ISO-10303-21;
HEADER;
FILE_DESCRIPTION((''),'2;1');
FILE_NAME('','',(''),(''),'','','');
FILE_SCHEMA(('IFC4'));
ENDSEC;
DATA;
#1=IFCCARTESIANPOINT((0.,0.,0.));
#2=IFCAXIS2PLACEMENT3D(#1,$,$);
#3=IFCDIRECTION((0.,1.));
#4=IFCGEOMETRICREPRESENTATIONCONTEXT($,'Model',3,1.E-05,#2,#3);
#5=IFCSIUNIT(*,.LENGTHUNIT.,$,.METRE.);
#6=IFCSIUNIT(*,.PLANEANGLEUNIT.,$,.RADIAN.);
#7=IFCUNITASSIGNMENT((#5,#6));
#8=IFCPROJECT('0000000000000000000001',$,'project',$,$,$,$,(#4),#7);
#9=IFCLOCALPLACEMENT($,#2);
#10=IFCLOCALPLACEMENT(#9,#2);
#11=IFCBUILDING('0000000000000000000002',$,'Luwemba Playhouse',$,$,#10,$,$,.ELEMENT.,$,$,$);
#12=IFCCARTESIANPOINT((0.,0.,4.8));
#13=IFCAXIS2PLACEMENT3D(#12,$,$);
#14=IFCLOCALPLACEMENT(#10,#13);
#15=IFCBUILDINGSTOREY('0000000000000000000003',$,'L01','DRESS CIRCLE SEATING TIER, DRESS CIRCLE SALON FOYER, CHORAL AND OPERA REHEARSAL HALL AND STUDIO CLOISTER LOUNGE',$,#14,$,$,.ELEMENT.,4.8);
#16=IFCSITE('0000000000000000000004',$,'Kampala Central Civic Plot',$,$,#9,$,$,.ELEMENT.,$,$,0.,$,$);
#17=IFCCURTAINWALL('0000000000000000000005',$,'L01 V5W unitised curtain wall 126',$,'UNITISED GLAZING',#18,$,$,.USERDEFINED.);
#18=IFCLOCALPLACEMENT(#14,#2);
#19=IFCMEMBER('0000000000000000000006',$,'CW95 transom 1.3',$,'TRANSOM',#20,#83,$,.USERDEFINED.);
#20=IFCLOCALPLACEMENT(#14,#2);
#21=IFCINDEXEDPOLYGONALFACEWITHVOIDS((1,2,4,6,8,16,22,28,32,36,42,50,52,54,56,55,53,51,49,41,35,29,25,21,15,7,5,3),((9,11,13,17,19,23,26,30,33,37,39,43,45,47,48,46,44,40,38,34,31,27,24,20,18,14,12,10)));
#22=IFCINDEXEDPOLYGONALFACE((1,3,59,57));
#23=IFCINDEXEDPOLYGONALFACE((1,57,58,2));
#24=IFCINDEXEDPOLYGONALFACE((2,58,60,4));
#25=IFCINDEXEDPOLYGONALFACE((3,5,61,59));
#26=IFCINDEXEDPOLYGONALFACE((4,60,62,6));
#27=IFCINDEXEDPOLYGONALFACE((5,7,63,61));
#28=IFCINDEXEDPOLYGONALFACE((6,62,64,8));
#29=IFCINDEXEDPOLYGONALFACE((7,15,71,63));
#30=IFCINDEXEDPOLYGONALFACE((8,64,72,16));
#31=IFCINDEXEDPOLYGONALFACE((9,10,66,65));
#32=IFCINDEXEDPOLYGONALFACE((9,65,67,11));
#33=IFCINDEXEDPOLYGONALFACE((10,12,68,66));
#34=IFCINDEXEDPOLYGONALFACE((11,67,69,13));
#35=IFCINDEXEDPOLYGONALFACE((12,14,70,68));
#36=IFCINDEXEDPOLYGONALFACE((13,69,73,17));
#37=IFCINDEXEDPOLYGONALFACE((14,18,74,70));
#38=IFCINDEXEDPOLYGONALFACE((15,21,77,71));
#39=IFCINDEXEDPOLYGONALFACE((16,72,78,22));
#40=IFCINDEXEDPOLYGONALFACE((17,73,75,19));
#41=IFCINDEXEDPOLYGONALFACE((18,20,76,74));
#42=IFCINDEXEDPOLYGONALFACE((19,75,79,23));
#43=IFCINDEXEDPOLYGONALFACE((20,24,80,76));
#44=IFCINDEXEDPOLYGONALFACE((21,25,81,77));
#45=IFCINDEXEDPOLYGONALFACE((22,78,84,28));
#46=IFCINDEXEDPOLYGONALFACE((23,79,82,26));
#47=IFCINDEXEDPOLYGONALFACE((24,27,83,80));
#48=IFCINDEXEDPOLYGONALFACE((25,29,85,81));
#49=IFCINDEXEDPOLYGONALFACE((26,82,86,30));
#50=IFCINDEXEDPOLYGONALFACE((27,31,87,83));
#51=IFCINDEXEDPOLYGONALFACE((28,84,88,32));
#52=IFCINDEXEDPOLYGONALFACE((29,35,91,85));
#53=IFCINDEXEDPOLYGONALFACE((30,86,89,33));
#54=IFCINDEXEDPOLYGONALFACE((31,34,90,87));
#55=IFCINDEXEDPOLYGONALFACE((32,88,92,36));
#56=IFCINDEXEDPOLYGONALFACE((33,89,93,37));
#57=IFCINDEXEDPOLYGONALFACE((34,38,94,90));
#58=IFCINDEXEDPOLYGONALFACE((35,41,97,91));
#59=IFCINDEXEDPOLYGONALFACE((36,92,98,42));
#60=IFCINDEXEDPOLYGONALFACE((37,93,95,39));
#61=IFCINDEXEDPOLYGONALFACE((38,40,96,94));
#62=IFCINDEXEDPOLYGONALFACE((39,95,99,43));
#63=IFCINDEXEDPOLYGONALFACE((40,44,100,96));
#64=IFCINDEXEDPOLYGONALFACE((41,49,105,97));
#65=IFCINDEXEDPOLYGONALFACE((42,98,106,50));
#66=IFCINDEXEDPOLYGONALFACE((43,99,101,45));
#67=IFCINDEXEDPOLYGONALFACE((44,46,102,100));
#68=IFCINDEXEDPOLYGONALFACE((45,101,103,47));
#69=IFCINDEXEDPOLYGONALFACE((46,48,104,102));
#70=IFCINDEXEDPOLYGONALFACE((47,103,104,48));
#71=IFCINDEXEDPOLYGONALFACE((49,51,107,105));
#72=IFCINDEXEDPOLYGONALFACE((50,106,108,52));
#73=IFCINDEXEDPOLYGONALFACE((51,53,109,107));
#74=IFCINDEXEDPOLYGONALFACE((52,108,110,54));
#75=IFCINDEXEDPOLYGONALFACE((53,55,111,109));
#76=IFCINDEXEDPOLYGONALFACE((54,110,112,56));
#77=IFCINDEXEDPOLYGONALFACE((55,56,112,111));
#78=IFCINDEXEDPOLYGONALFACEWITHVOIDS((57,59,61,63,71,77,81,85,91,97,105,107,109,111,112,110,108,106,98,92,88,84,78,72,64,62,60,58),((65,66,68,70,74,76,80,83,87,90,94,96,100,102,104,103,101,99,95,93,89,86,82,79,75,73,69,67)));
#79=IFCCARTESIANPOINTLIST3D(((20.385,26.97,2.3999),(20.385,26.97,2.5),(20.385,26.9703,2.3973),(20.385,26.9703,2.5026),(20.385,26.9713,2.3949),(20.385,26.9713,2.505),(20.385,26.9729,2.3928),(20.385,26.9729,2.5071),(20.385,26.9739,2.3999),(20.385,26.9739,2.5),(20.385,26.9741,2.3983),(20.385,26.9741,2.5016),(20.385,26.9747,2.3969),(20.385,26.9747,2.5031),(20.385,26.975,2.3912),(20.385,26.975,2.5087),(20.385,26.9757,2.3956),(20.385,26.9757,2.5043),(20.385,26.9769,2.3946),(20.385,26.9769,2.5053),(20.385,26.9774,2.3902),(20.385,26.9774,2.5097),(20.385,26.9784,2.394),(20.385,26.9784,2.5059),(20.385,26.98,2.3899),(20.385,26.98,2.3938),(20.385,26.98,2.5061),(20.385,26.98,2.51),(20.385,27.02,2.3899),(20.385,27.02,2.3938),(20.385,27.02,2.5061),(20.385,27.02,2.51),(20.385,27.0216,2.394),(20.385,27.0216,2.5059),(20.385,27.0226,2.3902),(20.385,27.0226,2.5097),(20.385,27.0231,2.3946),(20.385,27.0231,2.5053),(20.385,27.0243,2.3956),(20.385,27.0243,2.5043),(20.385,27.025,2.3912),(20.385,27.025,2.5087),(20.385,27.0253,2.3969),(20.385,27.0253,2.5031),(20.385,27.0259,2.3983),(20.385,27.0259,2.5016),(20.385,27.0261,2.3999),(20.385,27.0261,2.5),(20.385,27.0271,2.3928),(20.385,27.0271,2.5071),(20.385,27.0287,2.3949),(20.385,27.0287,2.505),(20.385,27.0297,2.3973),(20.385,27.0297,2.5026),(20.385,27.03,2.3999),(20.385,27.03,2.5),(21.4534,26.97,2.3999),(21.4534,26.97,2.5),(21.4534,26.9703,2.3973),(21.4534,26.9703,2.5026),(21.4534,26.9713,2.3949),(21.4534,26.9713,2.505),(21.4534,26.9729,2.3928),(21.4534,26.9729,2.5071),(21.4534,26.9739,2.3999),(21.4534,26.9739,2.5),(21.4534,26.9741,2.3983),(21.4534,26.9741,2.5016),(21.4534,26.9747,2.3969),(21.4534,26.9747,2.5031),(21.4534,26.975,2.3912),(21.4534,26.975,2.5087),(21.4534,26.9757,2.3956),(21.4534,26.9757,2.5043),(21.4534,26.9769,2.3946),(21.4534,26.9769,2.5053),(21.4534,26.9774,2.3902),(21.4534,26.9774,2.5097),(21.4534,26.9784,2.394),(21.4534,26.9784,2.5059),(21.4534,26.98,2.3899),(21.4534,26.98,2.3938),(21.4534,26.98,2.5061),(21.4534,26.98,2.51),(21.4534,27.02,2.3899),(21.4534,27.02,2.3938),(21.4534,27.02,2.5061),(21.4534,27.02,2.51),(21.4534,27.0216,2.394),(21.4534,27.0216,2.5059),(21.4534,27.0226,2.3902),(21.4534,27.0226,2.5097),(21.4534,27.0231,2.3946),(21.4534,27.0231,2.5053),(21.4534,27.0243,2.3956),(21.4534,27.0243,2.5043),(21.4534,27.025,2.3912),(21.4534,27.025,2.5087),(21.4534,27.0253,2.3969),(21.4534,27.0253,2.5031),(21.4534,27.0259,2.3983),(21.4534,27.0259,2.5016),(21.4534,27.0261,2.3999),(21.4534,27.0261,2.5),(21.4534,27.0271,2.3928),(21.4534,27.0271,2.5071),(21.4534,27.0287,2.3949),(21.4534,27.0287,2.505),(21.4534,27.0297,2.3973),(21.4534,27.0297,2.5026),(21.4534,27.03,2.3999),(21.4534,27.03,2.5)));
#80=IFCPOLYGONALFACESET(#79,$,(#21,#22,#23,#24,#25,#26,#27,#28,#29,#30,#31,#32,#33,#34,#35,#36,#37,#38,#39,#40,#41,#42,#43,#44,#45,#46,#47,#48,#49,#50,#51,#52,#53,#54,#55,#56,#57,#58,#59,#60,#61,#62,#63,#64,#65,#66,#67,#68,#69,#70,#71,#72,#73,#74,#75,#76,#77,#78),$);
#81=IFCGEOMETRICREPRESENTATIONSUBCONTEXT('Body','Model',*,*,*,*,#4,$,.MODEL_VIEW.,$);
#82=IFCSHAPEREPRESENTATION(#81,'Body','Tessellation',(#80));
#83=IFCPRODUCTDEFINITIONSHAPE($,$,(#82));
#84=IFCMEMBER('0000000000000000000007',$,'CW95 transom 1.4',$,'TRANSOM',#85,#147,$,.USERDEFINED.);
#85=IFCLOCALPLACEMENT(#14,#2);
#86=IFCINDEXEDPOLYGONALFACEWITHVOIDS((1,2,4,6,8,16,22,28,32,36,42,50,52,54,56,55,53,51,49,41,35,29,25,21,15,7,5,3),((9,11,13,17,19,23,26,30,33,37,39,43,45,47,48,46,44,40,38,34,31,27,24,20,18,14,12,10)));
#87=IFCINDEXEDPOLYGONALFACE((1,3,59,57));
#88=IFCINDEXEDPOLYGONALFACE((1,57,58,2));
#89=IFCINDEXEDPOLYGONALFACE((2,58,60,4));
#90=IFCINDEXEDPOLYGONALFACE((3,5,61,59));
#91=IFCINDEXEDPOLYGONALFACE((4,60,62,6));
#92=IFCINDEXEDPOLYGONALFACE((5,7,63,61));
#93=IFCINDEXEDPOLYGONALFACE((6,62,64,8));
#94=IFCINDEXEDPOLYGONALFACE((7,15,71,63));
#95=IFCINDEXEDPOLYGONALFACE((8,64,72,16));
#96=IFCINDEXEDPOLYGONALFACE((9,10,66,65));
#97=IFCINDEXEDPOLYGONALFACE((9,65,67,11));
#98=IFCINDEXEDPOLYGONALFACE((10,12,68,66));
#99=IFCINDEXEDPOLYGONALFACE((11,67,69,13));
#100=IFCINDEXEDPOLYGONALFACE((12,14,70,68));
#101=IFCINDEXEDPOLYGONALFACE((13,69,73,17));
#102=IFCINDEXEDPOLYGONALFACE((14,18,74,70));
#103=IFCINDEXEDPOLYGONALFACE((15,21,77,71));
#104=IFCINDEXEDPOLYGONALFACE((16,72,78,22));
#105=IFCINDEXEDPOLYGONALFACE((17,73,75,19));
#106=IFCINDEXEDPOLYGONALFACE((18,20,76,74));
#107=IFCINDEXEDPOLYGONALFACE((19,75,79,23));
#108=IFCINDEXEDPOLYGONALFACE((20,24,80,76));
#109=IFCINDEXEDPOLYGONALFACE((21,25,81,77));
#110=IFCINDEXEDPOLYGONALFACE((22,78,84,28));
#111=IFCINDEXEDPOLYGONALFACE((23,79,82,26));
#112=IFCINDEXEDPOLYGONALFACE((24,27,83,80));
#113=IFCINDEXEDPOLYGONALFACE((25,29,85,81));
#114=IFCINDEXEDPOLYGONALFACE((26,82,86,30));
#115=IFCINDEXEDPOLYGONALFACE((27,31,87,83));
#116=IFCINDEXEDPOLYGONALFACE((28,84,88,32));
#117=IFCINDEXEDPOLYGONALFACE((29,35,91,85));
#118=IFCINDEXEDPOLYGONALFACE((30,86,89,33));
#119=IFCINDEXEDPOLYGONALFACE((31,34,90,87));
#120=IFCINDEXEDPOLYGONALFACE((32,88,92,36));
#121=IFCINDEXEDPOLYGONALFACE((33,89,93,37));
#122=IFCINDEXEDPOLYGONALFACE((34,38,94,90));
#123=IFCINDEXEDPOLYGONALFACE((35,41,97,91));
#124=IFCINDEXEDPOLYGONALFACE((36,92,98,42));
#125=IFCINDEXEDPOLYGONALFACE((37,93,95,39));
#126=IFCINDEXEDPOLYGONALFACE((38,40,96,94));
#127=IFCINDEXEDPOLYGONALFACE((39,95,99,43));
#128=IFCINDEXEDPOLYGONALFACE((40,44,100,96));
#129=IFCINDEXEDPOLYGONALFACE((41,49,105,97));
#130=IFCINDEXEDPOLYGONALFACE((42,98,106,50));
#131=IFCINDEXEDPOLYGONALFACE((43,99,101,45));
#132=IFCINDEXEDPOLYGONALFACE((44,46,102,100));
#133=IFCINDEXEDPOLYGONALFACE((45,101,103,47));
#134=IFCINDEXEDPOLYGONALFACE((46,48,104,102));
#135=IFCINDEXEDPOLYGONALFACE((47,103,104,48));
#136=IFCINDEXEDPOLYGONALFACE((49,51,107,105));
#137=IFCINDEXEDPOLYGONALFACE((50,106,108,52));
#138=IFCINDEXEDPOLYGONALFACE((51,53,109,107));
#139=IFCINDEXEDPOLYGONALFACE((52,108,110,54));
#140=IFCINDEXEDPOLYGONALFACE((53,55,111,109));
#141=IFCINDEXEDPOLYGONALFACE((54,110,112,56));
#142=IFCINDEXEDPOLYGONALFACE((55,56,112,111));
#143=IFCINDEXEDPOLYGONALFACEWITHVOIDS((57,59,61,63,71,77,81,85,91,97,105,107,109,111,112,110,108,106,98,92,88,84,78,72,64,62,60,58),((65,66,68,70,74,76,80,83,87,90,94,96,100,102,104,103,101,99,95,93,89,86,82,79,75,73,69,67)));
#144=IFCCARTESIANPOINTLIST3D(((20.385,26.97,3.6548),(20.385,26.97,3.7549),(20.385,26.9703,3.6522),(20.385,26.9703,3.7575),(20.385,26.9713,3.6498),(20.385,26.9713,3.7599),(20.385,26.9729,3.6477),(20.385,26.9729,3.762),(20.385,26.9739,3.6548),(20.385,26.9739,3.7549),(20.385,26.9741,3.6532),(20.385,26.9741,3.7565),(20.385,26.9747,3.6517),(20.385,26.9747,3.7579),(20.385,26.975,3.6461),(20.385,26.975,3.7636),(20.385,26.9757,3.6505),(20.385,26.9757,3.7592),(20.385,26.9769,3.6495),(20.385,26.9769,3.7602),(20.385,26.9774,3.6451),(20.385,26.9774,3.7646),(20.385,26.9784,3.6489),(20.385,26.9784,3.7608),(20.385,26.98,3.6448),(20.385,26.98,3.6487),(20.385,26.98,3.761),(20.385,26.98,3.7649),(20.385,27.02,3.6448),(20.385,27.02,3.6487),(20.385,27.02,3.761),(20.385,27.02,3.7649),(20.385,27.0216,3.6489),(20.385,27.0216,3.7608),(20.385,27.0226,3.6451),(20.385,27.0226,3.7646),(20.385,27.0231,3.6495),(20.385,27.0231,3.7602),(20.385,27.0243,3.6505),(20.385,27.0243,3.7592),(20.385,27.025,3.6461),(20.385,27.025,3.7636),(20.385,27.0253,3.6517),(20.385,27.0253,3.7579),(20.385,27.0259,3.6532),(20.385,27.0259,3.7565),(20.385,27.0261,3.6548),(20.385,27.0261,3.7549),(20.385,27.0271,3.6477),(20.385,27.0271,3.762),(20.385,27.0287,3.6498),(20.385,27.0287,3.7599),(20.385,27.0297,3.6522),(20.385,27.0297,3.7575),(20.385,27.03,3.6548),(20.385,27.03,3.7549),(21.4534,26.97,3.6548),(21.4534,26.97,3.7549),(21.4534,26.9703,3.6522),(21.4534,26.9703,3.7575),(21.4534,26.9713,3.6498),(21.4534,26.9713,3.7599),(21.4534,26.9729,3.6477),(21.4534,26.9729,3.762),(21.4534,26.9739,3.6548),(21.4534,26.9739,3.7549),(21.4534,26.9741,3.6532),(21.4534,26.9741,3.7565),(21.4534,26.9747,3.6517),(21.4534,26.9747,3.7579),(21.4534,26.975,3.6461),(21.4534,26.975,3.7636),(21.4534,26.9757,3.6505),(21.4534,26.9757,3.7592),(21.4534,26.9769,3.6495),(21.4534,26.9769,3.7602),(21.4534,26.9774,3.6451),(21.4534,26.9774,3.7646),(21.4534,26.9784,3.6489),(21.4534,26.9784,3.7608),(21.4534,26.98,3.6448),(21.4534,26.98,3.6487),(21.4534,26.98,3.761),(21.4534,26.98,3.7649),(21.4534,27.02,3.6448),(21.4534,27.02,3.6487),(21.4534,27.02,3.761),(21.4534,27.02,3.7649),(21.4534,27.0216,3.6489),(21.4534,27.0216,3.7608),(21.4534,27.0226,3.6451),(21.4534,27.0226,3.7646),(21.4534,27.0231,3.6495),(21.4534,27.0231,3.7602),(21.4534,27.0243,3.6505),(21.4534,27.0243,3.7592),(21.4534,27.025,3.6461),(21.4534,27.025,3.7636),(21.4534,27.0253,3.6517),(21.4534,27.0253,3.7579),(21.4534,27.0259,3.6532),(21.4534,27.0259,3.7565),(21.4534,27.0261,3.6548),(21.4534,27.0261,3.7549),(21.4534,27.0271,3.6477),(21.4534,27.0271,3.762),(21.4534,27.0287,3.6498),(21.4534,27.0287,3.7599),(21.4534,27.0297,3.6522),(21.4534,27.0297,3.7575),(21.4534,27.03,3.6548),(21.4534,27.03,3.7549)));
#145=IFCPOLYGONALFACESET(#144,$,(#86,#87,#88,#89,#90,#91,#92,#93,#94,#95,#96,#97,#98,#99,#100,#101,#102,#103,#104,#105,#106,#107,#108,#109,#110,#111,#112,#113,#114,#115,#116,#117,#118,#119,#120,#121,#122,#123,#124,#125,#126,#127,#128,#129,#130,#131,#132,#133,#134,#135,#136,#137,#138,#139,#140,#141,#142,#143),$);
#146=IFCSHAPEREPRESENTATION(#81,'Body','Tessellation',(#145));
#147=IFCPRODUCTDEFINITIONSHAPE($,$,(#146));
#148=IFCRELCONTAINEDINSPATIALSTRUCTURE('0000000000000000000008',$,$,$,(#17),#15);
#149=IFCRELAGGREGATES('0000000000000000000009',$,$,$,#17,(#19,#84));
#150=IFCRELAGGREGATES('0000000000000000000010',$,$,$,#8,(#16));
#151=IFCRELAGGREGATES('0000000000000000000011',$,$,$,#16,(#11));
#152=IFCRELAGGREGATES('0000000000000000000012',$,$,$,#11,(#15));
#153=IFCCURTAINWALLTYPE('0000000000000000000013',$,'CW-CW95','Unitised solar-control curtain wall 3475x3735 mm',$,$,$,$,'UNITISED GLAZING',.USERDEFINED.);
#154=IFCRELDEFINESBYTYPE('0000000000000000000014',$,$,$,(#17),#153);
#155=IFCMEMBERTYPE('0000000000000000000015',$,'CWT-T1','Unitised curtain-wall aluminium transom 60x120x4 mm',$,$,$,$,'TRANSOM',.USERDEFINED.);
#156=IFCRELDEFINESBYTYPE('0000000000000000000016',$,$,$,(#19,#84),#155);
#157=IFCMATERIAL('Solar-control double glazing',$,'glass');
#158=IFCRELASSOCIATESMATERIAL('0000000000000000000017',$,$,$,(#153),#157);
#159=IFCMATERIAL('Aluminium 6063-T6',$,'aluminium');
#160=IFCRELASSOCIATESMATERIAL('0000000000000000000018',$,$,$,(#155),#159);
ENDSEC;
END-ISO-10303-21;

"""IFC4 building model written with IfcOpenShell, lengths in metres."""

from ifc_helpers import new_model, si_unit, direction, frame, origin, origin_2d, place, context, subcontext, project, spatial, hollow_rectangle, extrude, material, material_profile, profile_set, type_object, element, aggregate, save


model = new_model("IFC4")

# Units and contexts
model_context = context("Model", 3, precision=1e-05, world=origin(), true_north=direction((0.0, 1.0)))
body_context = subcontext(model_context, "Body", "Model", "MODEL_VIEW")
ifc_project = project(units=[si_unit("LENGTHUNIT", "METRE"), si_unit("PLANEANGLEUNIT", "RADIAN")], contexts=[model_context])

# Site, building, storey
site_placement = place(None, origin())
site = spatial("IfcSite", under=ifc_project, at=site_placement, Name="Kampala Central Civic Plot", CompositionType="ELEMENT", RefElevation=0.0)
building_placement = place(site_placement, origin())
building = spatial("IfcBuilding", under=site, at=building_placement, Name="Luwemba Playhouse", CompositionType="ELEMENT")
storey_placement = place(building_placement, frame((0.0, 0.0, 4.8)))
storey = spatial("IfcBuildingStorey", under=building, at=storey_placement, Name="L01", Description="DRESS CIRCLE SEATING TIER, DRESS CIRCLE SALON FOYER, CHORAL AND OPERA REHEARSAL HALL AND STUDIO CLOISTER LOUNGE", CompositionType="ELEMENT", Elevation=4.8)

# Curtain wall
ifc_material_1 = material(Name="Solar-control double glazing", Category="glass")
curtain_wall_type_1 = type_object("IfcCurtainWallType", Name="CW-CW95", Description="Unitised solar-control curtain wall 3475x3735 mm", ElementType="UNITISED GLAZING", PredefinedType="USERDEFINED", material=ifc_material_1)
curtain_wall_1_placement = place(storey_placement, origin())
curtain_wall_1 = element("IfcCurtainWall", 1, at=curtain_wall_1_placement, inside=storey, type_object=curtain_wall_type_1, Name="L01 V5W unitised curtain wall 126", ObjectType="UNITISED GLAZING", PredefinedType="USERDEFINED")
ifc_material_2 = material(Name="Aluminium 6063-T6", Category="aluminium")

# Members
ifc_material_profile_1 = material_profile(ifc_material_2, hollow_rectangle(XDim=0.0601, YDim=0.1201, WallThickness=0.0039, InnerFilletRadius=0.0061, OuterFilletRadius=0.01, at=origin_2d()))
ifc_profile_set_1 = profile_set([ifc_material_profile_1], Name="Aluminium 6063-T6")
member_type_1 = type_object("IfcMemberType", Name="CWT-T1", Description="Unitised curtain-wall aluminium transom 60x120x4 mm", ElementType="TRANSOM", PredefinedType="USERDEFINED", material=ifc_profile_set_1)
member_1_placement = place(storey_placement, frame((20.385, 27.0, 2.45), z_axis=(1.0, 0.0, 0.0), x_axis=(0.0, 1.0, 0.0)))
member_1 = element("IfcMember", 2, at=member_1_placement, type_object=member_type_1, Name="CW95 transom 1.3", ObjectType="TRANSOM", PredefinedType="USERDEFINED", context=body_context, shape_type="SweptSolid", body=[
    extrude(hollow_rectangle(XDim=0.0601, YDim=0.1201, WallThickness=0.0039, InnerFilletRadius=0.0061, OuterFilletRadius=0.01, at=origin_2d()), origin(), (0.0, 0.0, 1.0), 1.0684),
])
member_2_placement = place(storey_placement, frame((20.385, 27.0, 3.7048), z_axis=(1.0, 0.0, 0.0), x_axis=(0.0, 1.0, 0.0)))
member_2 = element("IfcMember", 3, at=member_2_placement, type_object=member_type_1, Name="CW95 transom 1.4", ObjectType="TRANSOM", PredefinedType="USERDEFINED", context=body_context, shape_type="SweptSolid", body=[
    extrude(hollow_rectangle(XDim=0.0601, YDim=0.1201, WallThickness=0.0039, InnerFilletRadius=0.0061, OuterFilletRadius=0.01, at=origin_2d()), origin(), (0.0, 0.0, 1.0), 1.0684),
])

aggregate(curtain_wall_1, [member_1, member_2])

save(model, "model.ifc")
